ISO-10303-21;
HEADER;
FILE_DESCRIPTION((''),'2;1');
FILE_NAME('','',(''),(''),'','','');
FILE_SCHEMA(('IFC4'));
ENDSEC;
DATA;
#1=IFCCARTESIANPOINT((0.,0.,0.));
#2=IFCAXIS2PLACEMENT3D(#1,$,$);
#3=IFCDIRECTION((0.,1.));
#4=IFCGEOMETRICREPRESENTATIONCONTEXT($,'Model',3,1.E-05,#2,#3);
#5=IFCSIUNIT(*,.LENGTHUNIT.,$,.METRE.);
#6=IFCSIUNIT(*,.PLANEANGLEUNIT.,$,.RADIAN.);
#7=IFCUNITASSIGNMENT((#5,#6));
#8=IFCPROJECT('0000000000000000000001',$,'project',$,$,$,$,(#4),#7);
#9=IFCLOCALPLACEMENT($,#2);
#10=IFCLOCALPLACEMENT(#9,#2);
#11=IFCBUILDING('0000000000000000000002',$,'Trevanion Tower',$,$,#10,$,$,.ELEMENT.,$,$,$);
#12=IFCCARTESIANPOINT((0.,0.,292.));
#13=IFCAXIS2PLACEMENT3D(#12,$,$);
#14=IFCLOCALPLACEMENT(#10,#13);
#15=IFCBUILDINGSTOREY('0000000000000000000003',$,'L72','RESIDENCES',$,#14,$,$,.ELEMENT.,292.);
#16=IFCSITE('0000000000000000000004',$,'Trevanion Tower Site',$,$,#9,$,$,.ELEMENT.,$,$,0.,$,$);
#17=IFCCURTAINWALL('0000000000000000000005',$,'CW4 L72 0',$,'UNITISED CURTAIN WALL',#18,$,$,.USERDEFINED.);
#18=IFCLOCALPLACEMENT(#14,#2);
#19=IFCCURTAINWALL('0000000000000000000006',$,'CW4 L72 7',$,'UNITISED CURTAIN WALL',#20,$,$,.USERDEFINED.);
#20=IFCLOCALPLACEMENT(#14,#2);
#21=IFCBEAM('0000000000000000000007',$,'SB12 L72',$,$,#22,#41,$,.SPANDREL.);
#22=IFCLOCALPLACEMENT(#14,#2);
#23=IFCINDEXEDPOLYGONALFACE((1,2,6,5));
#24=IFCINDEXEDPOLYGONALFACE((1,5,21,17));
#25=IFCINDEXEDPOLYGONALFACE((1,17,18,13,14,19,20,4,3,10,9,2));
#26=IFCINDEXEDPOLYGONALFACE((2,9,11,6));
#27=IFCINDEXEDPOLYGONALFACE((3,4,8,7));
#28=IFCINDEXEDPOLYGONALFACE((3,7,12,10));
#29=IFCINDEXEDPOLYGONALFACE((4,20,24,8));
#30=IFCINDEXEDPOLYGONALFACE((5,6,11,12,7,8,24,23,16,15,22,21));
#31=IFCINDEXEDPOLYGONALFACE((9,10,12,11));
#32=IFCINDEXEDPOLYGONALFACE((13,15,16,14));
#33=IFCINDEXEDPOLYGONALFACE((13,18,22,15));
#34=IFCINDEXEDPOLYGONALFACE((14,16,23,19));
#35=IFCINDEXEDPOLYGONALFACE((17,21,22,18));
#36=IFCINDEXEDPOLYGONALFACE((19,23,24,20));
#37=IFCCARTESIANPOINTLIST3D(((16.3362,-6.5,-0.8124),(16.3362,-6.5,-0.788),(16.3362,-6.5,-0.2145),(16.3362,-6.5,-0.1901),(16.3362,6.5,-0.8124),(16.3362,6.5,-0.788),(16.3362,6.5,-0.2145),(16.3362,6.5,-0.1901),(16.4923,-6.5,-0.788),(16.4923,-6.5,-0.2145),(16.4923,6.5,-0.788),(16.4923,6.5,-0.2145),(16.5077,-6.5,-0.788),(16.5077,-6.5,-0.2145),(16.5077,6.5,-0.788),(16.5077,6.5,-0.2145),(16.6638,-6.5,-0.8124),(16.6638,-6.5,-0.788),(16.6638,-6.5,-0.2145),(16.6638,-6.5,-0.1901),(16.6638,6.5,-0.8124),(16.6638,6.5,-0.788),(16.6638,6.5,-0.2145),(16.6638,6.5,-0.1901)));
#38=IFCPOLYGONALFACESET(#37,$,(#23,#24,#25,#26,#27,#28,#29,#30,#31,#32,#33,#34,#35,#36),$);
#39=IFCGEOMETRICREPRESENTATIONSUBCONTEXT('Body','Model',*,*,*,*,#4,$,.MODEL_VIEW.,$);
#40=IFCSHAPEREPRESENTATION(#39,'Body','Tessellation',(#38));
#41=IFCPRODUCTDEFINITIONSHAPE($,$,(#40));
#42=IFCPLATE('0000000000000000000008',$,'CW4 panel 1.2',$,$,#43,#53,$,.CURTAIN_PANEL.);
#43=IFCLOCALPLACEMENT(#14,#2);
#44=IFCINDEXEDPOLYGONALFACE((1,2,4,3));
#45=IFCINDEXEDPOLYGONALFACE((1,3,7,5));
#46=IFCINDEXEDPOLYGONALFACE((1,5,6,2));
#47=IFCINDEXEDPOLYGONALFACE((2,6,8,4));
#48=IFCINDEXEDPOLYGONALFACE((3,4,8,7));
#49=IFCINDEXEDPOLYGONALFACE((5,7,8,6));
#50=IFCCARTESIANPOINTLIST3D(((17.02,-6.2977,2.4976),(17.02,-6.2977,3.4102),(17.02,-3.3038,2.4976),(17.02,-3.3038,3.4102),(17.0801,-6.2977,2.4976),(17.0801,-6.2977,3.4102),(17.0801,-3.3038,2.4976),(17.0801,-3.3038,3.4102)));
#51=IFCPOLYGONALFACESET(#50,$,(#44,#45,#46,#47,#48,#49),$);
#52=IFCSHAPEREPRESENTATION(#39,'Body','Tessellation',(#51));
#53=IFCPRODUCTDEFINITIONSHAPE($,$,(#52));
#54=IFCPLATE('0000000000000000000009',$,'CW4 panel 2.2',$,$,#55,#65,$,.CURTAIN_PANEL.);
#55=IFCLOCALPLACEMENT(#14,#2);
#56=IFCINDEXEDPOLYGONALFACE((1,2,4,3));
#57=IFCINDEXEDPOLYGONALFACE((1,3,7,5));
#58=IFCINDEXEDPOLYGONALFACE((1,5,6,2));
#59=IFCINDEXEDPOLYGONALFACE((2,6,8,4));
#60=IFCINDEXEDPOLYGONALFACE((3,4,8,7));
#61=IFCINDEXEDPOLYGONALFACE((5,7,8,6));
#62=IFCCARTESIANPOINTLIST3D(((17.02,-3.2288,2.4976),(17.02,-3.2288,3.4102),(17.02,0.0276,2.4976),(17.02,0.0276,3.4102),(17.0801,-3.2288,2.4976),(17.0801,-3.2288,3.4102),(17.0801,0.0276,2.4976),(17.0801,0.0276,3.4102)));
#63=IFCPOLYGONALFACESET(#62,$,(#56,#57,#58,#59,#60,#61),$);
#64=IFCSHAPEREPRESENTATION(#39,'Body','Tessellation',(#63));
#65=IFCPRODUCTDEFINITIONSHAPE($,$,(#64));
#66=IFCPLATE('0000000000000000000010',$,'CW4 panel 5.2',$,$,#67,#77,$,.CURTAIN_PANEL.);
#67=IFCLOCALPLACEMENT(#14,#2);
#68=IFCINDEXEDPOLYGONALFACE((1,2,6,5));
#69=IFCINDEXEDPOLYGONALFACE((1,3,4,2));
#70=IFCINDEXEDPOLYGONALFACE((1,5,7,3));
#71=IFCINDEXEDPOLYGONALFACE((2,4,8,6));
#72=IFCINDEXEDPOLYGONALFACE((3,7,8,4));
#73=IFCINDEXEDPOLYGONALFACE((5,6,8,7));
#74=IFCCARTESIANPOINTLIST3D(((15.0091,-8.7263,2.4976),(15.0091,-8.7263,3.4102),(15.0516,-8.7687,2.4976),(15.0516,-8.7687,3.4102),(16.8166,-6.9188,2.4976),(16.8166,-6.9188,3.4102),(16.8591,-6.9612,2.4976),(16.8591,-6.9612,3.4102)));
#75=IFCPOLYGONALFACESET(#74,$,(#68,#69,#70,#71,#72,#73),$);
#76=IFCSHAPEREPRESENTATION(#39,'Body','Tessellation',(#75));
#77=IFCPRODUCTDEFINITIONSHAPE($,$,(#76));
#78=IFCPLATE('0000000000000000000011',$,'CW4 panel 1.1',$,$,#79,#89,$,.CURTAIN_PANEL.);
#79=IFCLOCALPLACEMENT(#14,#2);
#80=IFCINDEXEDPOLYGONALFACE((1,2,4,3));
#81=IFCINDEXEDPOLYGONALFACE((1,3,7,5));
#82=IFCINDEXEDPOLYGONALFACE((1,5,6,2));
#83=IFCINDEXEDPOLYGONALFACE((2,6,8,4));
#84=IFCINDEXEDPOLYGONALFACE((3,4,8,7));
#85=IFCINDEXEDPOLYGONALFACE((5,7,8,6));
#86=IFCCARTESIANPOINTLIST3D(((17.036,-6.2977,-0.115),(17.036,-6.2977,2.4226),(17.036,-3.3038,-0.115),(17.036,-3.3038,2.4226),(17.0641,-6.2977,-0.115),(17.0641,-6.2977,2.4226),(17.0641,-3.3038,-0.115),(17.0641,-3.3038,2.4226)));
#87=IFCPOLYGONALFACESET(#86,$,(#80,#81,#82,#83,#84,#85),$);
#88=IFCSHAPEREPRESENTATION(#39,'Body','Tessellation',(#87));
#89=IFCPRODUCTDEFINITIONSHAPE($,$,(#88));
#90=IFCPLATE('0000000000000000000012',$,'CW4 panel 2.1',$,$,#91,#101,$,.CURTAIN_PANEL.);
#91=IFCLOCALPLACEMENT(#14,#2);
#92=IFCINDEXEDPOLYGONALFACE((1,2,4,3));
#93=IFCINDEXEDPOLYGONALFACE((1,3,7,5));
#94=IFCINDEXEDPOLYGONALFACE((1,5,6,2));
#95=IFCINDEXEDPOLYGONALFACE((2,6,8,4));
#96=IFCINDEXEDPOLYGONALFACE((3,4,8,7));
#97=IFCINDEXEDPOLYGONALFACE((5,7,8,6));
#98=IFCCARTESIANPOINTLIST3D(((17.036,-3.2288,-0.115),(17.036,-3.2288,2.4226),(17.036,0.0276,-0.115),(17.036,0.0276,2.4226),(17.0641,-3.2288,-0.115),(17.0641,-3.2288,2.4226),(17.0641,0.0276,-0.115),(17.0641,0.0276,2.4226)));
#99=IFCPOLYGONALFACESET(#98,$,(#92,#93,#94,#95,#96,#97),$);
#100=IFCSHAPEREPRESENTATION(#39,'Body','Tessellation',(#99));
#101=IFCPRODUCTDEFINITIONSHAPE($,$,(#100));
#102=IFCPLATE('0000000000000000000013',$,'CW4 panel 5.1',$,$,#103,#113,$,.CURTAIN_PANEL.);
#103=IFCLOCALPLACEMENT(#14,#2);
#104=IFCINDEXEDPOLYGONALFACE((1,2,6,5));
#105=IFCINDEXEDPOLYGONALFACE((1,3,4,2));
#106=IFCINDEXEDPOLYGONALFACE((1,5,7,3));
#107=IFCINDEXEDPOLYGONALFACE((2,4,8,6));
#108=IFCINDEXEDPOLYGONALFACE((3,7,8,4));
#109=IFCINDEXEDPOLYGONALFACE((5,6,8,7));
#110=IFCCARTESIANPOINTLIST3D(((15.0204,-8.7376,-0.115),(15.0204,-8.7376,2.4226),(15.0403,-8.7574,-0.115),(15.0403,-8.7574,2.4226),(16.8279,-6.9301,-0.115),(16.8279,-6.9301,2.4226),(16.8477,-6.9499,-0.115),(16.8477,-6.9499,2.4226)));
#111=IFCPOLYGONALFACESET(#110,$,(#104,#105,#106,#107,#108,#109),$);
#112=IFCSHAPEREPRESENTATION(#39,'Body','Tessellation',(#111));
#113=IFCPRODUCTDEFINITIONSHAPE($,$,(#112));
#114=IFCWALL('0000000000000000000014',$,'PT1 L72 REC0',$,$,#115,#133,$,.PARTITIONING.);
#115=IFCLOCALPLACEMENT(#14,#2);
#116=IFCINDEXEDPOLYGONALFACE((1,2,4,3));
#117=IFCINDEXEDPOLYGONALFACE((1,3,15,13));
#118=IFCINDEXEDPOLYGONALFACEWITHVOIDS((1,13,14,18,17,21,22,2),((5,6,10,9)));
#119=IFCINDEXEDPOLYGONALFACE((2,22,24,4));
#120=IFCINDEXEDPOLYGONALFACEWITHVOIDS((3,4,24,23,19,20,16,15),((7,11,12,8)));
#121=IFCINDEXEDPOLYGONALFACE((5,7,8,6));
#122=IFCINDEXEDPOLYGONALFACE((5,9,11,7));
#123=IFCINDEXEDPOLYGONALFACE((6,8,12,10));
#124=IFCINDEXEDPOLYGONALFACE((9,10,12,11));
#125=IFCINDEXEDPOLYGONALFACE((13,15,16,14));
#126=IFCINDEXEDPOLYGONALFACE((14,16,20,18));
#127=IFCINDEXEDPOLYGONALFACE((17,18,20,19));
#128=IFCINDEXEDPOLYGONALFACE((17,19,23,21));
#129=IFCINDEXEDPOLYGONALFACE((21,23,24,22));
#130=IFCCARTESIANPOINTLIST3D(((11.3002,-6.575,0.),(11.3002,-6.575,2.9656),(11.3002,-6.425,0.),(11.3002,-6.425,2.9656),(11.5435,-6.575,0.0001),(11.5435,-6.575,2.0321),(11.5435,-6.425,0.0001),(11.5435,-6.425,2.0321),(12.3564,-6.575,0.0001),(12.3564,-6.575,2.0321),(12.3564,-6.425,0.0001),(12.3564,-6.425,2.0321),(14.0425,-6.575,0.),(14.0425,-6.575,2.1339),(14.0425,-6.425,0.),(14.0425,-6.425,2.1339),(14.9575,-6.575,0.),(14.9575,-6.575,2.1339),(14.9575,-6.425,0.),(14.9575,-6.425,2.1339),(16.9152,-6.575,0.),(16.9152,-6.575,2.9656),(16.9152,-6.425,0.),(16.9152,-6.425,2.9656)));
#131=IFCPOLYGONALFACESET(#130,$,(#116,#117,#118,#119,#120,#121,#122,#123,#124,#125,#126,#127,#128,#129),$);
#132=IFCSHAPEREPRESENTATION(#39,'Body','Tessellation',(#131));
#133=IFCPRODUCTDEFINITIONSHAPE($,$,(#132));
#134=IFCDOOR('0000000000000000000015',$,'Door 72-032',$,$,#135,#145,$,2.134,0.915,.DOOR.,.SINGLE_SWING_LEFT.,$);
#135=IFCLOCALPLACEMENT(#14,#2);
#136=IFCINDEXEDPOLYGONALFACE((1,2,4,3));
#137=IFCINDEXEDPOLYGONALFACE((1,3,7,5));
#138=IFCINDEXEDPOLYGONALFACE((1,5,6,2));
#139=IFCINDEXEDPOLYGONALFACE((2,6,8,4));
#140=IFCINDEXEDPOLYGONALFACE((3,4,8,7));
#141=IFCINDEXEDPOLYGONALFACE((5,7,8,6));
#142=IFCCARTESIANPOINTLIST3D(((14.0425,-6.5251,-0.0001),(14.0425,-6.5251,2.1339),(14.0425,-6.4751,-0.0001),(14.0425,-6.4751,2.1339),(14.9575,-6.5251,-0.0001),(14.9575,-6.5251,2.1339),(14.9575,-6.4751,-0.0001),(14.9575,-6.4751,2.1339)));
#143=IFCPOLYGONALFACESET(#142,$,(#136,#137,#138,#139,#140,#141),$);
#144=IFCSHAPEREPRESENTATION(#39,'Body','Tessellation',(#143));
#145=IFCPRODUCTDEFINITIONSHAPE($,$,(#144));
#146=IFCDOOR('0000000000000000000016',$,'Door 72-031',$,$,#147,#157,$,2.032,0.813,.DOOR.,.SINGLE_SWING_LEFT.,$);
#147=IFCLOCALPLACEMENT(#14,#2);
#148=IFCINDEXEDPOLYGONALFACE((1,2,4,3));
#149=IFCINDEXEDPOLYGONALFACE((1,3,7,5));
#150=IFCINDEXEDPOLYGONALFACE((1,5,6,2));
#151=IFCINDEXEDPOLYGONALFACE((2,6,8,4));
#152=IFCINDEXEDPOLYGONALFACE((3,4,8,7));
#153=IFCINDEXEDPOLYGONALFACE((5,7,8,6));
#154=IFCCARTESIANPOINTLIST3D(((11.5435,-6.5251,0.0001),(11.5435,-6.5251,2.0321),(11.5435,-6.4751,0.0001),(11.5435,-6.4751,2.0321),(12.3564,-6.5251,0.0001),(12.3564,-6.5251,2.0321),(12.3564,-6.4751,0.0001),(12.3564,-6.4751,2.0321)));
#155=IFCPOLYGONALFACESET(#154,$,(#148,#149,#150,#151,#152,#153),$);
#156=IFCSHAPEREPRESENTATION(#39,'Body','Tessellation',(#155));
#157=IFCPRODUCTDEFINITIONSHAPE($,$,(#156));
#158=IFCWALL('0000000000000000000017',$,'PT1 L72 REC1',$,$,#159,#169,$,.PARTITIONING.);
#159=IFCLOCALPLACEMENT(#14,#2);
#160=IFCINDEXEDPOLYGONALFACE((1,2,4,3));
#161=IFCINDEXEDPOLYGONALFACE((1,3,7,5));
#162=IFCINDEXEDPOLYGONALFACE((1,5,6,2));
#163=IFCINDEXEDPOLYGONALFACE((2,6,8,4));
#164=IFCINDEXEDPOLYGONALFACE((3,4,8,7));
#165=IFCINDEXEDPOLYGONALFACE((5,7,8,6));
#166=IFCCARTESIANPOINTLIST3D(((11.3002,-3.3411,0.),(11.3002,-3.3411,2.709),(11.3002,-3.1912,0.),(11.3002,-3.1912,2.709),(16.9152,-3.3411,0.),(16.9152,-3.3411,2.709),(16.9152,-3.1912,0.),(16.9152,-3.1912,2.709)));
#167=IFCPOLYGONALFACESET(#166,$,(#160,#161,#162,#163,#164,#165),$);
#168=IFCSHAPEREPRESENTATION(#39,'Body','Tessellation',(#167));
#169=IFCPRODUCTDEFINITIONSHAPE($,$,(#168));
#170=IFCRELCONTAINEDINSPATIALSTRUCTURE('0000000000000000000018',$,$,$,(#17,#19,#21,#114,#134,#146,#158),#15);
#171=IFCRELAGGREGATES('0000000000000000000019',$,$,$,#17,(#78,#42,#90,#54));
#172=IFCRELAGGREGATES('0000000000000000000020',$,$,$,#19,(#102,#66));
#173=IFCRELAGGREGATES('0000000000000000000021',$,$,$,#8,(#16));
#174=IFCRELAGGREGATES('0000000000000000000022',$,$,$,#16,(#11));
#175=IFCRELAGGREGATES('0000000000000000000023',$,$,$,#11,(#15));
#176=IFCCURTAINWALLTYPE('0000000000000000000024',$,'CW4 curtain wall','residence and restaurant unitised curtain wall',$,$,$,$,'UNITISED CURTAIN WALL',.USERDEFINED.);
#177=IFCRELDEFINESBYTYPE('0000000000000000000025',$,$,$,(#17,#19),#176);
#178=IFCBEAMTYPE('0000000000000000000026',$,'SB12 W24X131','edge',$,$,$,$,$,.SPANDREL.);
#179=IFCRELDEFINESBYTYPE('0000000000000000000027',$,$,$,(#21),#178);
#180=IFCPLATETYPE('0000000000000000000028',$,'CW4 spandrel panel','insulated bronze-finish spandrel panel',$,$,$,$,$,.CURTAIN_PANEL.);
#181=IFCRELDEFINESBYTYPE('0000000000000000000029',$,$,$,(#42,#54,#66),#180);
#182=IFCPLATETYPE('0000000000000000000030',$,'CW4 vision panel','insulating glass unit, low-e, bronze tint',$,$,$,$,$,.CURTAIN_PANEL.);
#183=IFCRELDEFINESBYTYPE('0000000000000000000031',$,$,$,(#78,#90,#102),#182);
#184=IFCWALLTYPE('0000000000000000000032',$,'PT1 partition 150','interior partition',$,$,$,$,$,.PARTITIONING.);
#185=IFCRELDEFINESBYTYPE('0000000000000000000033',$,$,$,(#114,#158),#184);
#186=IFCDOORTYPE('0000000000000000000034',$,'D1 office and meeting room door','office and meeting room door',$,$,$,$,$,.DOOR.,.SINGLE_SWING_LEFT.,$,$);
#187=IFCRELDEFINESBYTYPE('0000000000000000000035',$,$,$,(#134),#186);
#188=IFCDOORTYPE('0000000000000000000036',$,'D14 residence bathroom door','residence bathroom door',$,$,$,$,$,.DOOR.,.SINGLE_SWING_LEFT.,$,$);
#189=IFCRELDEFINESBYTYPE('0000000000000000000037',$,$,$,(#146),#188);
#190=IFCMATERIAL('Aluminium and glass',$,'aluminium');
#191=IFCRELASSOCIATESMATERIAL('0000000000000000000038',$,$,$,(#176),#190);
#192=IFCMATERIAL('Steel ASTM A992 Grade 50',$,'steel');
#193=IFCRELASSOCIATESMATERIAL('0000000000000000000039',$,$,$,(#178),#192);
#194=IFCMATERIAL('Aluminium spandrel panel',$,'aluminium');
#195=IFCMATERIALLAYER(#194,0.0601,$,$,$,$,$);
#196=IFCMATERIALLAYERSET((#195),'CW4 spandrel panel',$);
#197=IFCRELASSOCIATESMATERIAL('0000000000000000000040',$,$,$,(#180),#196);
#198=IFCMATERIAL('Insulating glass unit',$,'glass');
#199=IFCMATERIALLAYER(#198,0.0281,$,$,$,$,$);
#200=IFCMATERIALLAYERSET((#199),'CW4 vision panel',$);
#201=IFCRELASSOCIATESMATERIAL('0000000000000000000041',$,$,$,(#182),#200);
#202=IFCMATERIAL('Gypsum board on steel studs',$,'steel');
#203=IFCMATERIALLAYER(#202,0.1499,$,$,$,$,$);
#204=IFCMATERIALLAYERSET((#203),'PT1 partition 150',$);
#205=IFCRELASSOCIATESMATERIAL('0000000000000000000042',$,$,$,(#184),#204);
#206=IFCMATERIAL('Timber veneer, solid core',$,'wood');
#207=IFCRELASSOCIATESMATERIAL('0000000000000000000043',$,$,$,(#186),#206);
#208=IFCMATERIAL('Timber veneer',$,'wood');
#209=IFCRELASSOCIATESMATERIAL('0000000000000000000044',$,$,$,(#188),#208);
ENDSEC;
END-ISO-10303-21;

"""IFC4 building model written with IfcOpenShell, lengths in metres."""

from ifc_helpers import new_model, si_unit, direction, frame, frame_2d, origin, origin_2d, place, context, subcontext, project, spatial, rectangle, i_section, extrude, material, layer, layer_set, material_profile, profile_set, type_object, element, fill, aggregate, save


model = new_model("IFC4")

# Units and contexts
model_context = context("Model", 3, precision=1e-05, world=origin(), true_north=direction((0.0, 1.0)))
body_context = subcontext(model_context, "Body", "Model", "MODEL_VIEW")
ifc_project = project(units=[si_unit("LENGTHUNIT", "METRE"), si_unit("PLANEANGLEUNIT", "RADIAN")], contexts=[model_context])

# Site, building, storey
site_placement = place(None, origin())
site = spatial("IfcSite", under=ifc_project, at=site_placement, Name="Trevanion Tower Site", CompositionType="ELEMENT", RefElevation=0.0)
building_placement = place(site_placement, origin())
building = spatial("IfcBuilding", under=site, at=building_placement, Name="Trevanion Tower", CompositionType="ELEMENT")
storey_placement = place(building_placement, frame((0.0, 0.0, 292.0)))
storey = spatial("IfcBuildingStorey", under=building, at=storey_placement, Name="L72", Description="RESIDENCES", CompositionType="ELEMENT", Elevation=292.0)

# Curtain wall
ifc_material_1 = material(Name="Aluminium and glass", Category="aluminium")
curtain_wall_type = type_object("IfcCurtainWallType", Name="CW4 curtain wall", Description="residence and restaurant unitised curtain wall", ElementType="UNITISED CURTAIN WALL", PredefinedType="USERDEFINED", material=ifc_material_1)
curtain_wall_1_placement = place(storey_placement, origin())
curtain_wall_1 = element("IfcCurtainWall", 1, at=curtain_wall_1_placement, inside=storey, type_object=curtain_wall_type, Name="CW4 L72 0", ObjectType="UNITISED CURTAIN WALL", PredefinedType="USERDEFINED")

# Curtain wall
curtain_wall_2_placement = place(storey_placement, origin())
curtain_wall_2 = element("IfcCurtainWall", 2, at=curtain_wall_2_placement, inside=storey, type_object=curtain_wall_type, Name="CW4 L72 7", ObjectType="UNITISED CURTAIN WALL", PredefinedType="USERDEFINED")

# Beam
ifc_material_2 = material(Name="Steel ASTM A992 Grade 50", Category="steel")
ifc_material_profile_1 = material_profile(ifc_material_2, i_section(OverallWidth=0.3276, OverallDepth=0.6223, WebThickness=0.0154, FlangeThickness=0.0244, at=origin_2d()), Name="W24X131")
ifc_profile_set_1 = profile_set([ifc_material_profile_1], Name="Steel ASTM A992 Grade 50")
beam_type_1 = type_object("IfcBeamType", Name="SB12 W24X131", Description="edge", PredefinedType="SPANDREL", material=ifc_profile_set_1)
beam_1_placement = place(storey_placement, frame((16.5, -6.5, -0.5012), z_axis=(0.0, 1.0, 0.0), x_axis=(-1.0, 0.0, 0.0)))
element("IfcBeam", 3, at=beam_1_placement, inside=storey, type_object=beam_type_1, Name="SB12 L72", PredefinedType="SPANDREL", context=body_context, shape_type="SweptSolid", body=[
    extrude(i_section(OverallWidth=0.3276, OverallDepth=0.6223, WebThickness=0.0154, FlangeThickness=0.0244, at=origin_2d()), origin(), (0.0, 0.0, 1.0), 13.0),
])

# Plates
ifc_material_3 = material(Name="Aluminium spandrel panel", Category="aluminium")
ifc_layer_1 = layer(ifc_material_3, 0.0601)
ifc_layer_set_1 = layer_set([ifc_layer_1], Name="CW4 spandrel panel")
plate_type_1 = type_object("IfcPlateType", Name="CW4 spandrel panel", Description="insulated bronze-finish spandrel panel", PredefinedType="CURTAIN_PANEL", material=ifc_layer_set_1)
plate_1_placement = place(storey_placement, frame((17.05, -4.8008, 2.4976), z_axis=(0.0, 0.0, 1.0), x_axis=(0.0, 1.0, 0.0)))
plate_1 = element("IfcPlate", 4, at=plate_1_placement, type_object=plate_type_1, Name="CW4 panel 1.2", PredefinedType="CURTAIN_PANEL", context=body_context, shape_type="SweptSolid", body=[
    extrude(rectangle(XDim=2.9939, YDim=0.0601, at=origin_2d()), origin(), (0.0, 0.0, 1.0), 0.9126),
])
plate_2_placement = place(storey_placement, frame((17.05, -1.6006, 2.4976), z_axis=(0.0, 0.0, 1.0), x_axis=(0.0, 1.0, 0.0)))
plate_2 = element("IfcPlate", 5, at=plate_2_placement, type_object=plate_type_1, Name="CW4 panel 2.2", PredefinedType="CURTAIN_PANEL", context=body_context, shape_type="SweptSolid", body=[
    extrude(rectangle(XDim=3.2563, YDim=0.0601, at=origin_2d()), origin(), (0.0, 0.0, 1.0), 0.9126),
])
plate_3_placement = place(storey_placement, frame((15.9341, -7.8438, 2.4976), z_axis=(0.0, 0.0, 1.0), x_axis=(0.707107, 0.707107, 0.0)))
plate_3 = element("IfcPlate", 6, at=plate_3_placement, type_object=plate_type_1, Name="CW4 panel 5.2", PredefinedType="CURTAIN_PANEL", context=body_context, shape_type="SweptSolid", body=[
    extrude(rectangle(XDim=2.5562, YDim=0.0601, at=origin_2d()), origin(), (0.0, 0.0, 1.0), 0.9126),
])
ifc_material_4 = material(Name="Insulating glass unit", Category="glass")
ifc_layer_2 = layer(ifc_material_4, 0.0281)
ifc_layer_set_2 = layer_set([ifc_layer_2], Name="CW4 vision panel")
plate_type_2 = type_object("IfcPlateType", Name="CW4 vision panel", Description="insulating glass unit, low-e, bronze tint", PredefinedType="CURTAIN_PANEL", material=ifc_layer_set_2)
plate_4_placement = place(storey_placement, frame((17.05, -4.8008, -0.115), z_axis=(0.0, 0.0, 1.0), x_axis=(0.0, 1.0, 0.0)))
plate_4 = element("IfcPlate", 7, at=plate_4_placement, type_object=plate_type_2, Name="CW4 panel 1.1", PredefinedType="CURTAIN_PANEL", context=body_context, shape_type="SweptSolid", body=[
    extrude(rectangle(XDim=2.9939, YDim=0.0281, at=origin_2d()), origin(), (0.0, 0.0, 1.0), 2.5376),
])
plate_5_placement = place(storey_placement, frame((17.05, -1.6006, -0.115), z_axis=(0.0, 0.0, 1.0), x_axis=(0.0, 1.0, 0.0)))
plate_5 = element("IfcPlate", 8, at=plate_5_placement, type_object=plate_type_2, Name="CW4 panel 2.1", PredefinedType="CURTAIN_PANEL", context=body_context, shape_type="SweptSolid", body=[
    extrude(rectangle(XDim=3.2563, YDim=0.0281, at=origin_2d()), origin(), (0.0, 0.0, 1.0), 2.5376),
])
aggregate(curtain_wall_1, [plate_4, plate_1, plate_5, plate_2])
plate_6_placement = place(storey_placement, frame((15.9341, -7.8438, -0.115), z_axis=(0.0, 0.0, 1.0), x_axis=(0.707107, 0.707107, 0.0)))
plate_6 = element("IfcPlate", 9, at=plate_6_placement, type_object=plate_type_2, Name="CW4 panel 5.1", PredefinedType="CURTAIN_PANEL", context=body_context, shape_type="SweptSolid", body=[
    extrude(rectangle(XDim=2.5562, YDim=0.0281, at=origin_2d()), origin(), (0.0, 0.0, 1.0), 2.5376),
])
aggregate(curtain_wall_2, [plate_6, plate_3])

# Wall, openings, doors
ifc_material_5 = material(Name="Gypsum board on steel studs", Category="steel")
ifc_layer_3 = layer(ifc_material_5, 0.1499)
ifc_layer_set_3 = layer_set([ifc_layer_3], Name="PT1 partition 150")
wall_type = type_object("IfcWallType", Name="PT1 partition 150", Description="interior partition", PredefinedType="PARTITIONING", material=ifc_layer_set_3)
wall_1_placement = place(storey_placement, frame((11.3, -6.5, 0.0), z_axis=(0.0, 0.0, 1.0), x_axis=(1.0, 0.0, 0.0)))
wall_1 = element("IfcWall", 10, at=wall_1_placement, inside=storey, type_object=wall_type, Name="PT1 L72 REC0", PredefinedType="PARTITIONING", context=body_context, shape_type="SweptSolid", body=[
    extrude(rectangle(XDim=5.615, YDim=0.1499, at=frame_2d((2.8076, 0.0))), origin(), (0.0, 0.0, 1.0), 2.9656),
])
opening_1_placement = place(wall_1_placement, frame((0.2434, 0.0, 0.0)))
opening_1 = element("IfcOpeningElement", 11, at=opening_1_placement, cuts=wall_1, PredefinedType="OPENING", context=body_context, shape_type="SweptSolid", body=[
    extrude(rectangle(XDim=0.813, YDim=2.032, at=frame_2d((0.4065, 1.0161))), frame((0.0, 0.085, 0.0), z_axis=(0.0, -1.0, 0.0), x_axis=(1.0, 0.0, 0.0)), (0.0, 0.0, 1.0), 0.1699),
])
opening_2_placement = place(wall_1_placement, frame((2.7424, 0.0, 0.0)))
opening_2 = element("IfcOpeningElement", 12, at=opening_2_placement, cuts=wall_1, PredefinedType="OPENING", context=body_context, shape_type="SweptSolid", body=[
    extrude(rectangle(XDim=0.915, YDim=2.134, at=frame_2d((0.4575, 1.0669))), frame((0.0, 0.085, 0.0), z_axis=(0.0, -1.0, 0.0), x_axis=(1.0, 0.0, 0.0)), (0.0, 0.0, 1.0), 0.1699),
])
ifc_material_6 = material(Name="Timber veneer, solid core", Category="wood")
door_type_1 = type_object("IfcDoorType", Name="D1 office and meeting room door", Description="office and meeting room door", OperationType="SINGLE_SWING_LEFT", PredefinedType="DOOR", material=ifc_material_6)
door_1_placement = place(opening_2_placement, origin())
door_1 = element("IfcDoor", 13, at=door_1_placement, inside=storey, type_object=door_type_1, Name="Door 72-032", OperationType="SINGLE_SWING_LEFT", OverallHeight=2.134, OverallWidth=0.915, PredefinedType="DOOR", context=body_context, shape_type="SweptSolid", body=[
    extrude(rectangle(XDim=0.915, YDim=2.134, at=frame_2d((0.4575, 1.0669))), frame((0.0, 0.0249, 0.0), z_axis=(0.0, -1.0, 0.0), x_axis=(1.0, 0.0, 0.0)), (0.0, 0.0, 1.0), 0.05),
])
fill(opening_2, door_1)
ifc_material_7 = material(Name="Timber veneer", Category="wood")
door_type_2 = type_object("IfcDoorType", Name="D14 residence bathroom door", Description="residence bathroom door", OperationType="SINGLE_SWING_LEFT", PredefinedType="DOOR", material=ifc_material_7)
door_2_placement = place(opening_1_placement, origin())
door_2 = element("IfcDoor", 14, at=door_2_placement, inside=storey, type_object=door_type_2, Name="Door 72-031", OperationType="SINGLE_SWING_LEFT", OverallHeight=2.032, OverallWidth=0.813, PredefinedType="DOOR", context=body_context, shape_type="SweptSolid", body=[
    extrude(rectangle(XDim=0.813, YDim=2.032, at=frame_2d((0.4065, 1.0161))), frame((0.0, 0.0249, 0.0), z_axis=(0.0, -1.0, 0.0), x_axis=(1.0, 0.0, 0.0)), (0.0, 0.0, 1.0), 0.05),
])
fill(opening_1, door_2)

# Wall
wall_2_placement = place(storey_placement, frame((11.3, -3.2661, 0.0), z_axis=(0.0, 0.0, 1.0), x_axis=(1.0, 0.0, 0.0)))
element("IfcWall", 15, at=wall_2_placement, inside=storey, type_object=wall_type, Name="PT1 L72 REC1", PredefinedType="PARTITIONING", context=body_context, shape_type="SweptSolid", body=[
    extrude(rectangle(XDim=5.615, YDim=0.1499, at=frame_2d((2.8076, 0.0))), origin(), (0.0, 0.0, 1.0), 2.709),
])

save(model, "model.ifc")
